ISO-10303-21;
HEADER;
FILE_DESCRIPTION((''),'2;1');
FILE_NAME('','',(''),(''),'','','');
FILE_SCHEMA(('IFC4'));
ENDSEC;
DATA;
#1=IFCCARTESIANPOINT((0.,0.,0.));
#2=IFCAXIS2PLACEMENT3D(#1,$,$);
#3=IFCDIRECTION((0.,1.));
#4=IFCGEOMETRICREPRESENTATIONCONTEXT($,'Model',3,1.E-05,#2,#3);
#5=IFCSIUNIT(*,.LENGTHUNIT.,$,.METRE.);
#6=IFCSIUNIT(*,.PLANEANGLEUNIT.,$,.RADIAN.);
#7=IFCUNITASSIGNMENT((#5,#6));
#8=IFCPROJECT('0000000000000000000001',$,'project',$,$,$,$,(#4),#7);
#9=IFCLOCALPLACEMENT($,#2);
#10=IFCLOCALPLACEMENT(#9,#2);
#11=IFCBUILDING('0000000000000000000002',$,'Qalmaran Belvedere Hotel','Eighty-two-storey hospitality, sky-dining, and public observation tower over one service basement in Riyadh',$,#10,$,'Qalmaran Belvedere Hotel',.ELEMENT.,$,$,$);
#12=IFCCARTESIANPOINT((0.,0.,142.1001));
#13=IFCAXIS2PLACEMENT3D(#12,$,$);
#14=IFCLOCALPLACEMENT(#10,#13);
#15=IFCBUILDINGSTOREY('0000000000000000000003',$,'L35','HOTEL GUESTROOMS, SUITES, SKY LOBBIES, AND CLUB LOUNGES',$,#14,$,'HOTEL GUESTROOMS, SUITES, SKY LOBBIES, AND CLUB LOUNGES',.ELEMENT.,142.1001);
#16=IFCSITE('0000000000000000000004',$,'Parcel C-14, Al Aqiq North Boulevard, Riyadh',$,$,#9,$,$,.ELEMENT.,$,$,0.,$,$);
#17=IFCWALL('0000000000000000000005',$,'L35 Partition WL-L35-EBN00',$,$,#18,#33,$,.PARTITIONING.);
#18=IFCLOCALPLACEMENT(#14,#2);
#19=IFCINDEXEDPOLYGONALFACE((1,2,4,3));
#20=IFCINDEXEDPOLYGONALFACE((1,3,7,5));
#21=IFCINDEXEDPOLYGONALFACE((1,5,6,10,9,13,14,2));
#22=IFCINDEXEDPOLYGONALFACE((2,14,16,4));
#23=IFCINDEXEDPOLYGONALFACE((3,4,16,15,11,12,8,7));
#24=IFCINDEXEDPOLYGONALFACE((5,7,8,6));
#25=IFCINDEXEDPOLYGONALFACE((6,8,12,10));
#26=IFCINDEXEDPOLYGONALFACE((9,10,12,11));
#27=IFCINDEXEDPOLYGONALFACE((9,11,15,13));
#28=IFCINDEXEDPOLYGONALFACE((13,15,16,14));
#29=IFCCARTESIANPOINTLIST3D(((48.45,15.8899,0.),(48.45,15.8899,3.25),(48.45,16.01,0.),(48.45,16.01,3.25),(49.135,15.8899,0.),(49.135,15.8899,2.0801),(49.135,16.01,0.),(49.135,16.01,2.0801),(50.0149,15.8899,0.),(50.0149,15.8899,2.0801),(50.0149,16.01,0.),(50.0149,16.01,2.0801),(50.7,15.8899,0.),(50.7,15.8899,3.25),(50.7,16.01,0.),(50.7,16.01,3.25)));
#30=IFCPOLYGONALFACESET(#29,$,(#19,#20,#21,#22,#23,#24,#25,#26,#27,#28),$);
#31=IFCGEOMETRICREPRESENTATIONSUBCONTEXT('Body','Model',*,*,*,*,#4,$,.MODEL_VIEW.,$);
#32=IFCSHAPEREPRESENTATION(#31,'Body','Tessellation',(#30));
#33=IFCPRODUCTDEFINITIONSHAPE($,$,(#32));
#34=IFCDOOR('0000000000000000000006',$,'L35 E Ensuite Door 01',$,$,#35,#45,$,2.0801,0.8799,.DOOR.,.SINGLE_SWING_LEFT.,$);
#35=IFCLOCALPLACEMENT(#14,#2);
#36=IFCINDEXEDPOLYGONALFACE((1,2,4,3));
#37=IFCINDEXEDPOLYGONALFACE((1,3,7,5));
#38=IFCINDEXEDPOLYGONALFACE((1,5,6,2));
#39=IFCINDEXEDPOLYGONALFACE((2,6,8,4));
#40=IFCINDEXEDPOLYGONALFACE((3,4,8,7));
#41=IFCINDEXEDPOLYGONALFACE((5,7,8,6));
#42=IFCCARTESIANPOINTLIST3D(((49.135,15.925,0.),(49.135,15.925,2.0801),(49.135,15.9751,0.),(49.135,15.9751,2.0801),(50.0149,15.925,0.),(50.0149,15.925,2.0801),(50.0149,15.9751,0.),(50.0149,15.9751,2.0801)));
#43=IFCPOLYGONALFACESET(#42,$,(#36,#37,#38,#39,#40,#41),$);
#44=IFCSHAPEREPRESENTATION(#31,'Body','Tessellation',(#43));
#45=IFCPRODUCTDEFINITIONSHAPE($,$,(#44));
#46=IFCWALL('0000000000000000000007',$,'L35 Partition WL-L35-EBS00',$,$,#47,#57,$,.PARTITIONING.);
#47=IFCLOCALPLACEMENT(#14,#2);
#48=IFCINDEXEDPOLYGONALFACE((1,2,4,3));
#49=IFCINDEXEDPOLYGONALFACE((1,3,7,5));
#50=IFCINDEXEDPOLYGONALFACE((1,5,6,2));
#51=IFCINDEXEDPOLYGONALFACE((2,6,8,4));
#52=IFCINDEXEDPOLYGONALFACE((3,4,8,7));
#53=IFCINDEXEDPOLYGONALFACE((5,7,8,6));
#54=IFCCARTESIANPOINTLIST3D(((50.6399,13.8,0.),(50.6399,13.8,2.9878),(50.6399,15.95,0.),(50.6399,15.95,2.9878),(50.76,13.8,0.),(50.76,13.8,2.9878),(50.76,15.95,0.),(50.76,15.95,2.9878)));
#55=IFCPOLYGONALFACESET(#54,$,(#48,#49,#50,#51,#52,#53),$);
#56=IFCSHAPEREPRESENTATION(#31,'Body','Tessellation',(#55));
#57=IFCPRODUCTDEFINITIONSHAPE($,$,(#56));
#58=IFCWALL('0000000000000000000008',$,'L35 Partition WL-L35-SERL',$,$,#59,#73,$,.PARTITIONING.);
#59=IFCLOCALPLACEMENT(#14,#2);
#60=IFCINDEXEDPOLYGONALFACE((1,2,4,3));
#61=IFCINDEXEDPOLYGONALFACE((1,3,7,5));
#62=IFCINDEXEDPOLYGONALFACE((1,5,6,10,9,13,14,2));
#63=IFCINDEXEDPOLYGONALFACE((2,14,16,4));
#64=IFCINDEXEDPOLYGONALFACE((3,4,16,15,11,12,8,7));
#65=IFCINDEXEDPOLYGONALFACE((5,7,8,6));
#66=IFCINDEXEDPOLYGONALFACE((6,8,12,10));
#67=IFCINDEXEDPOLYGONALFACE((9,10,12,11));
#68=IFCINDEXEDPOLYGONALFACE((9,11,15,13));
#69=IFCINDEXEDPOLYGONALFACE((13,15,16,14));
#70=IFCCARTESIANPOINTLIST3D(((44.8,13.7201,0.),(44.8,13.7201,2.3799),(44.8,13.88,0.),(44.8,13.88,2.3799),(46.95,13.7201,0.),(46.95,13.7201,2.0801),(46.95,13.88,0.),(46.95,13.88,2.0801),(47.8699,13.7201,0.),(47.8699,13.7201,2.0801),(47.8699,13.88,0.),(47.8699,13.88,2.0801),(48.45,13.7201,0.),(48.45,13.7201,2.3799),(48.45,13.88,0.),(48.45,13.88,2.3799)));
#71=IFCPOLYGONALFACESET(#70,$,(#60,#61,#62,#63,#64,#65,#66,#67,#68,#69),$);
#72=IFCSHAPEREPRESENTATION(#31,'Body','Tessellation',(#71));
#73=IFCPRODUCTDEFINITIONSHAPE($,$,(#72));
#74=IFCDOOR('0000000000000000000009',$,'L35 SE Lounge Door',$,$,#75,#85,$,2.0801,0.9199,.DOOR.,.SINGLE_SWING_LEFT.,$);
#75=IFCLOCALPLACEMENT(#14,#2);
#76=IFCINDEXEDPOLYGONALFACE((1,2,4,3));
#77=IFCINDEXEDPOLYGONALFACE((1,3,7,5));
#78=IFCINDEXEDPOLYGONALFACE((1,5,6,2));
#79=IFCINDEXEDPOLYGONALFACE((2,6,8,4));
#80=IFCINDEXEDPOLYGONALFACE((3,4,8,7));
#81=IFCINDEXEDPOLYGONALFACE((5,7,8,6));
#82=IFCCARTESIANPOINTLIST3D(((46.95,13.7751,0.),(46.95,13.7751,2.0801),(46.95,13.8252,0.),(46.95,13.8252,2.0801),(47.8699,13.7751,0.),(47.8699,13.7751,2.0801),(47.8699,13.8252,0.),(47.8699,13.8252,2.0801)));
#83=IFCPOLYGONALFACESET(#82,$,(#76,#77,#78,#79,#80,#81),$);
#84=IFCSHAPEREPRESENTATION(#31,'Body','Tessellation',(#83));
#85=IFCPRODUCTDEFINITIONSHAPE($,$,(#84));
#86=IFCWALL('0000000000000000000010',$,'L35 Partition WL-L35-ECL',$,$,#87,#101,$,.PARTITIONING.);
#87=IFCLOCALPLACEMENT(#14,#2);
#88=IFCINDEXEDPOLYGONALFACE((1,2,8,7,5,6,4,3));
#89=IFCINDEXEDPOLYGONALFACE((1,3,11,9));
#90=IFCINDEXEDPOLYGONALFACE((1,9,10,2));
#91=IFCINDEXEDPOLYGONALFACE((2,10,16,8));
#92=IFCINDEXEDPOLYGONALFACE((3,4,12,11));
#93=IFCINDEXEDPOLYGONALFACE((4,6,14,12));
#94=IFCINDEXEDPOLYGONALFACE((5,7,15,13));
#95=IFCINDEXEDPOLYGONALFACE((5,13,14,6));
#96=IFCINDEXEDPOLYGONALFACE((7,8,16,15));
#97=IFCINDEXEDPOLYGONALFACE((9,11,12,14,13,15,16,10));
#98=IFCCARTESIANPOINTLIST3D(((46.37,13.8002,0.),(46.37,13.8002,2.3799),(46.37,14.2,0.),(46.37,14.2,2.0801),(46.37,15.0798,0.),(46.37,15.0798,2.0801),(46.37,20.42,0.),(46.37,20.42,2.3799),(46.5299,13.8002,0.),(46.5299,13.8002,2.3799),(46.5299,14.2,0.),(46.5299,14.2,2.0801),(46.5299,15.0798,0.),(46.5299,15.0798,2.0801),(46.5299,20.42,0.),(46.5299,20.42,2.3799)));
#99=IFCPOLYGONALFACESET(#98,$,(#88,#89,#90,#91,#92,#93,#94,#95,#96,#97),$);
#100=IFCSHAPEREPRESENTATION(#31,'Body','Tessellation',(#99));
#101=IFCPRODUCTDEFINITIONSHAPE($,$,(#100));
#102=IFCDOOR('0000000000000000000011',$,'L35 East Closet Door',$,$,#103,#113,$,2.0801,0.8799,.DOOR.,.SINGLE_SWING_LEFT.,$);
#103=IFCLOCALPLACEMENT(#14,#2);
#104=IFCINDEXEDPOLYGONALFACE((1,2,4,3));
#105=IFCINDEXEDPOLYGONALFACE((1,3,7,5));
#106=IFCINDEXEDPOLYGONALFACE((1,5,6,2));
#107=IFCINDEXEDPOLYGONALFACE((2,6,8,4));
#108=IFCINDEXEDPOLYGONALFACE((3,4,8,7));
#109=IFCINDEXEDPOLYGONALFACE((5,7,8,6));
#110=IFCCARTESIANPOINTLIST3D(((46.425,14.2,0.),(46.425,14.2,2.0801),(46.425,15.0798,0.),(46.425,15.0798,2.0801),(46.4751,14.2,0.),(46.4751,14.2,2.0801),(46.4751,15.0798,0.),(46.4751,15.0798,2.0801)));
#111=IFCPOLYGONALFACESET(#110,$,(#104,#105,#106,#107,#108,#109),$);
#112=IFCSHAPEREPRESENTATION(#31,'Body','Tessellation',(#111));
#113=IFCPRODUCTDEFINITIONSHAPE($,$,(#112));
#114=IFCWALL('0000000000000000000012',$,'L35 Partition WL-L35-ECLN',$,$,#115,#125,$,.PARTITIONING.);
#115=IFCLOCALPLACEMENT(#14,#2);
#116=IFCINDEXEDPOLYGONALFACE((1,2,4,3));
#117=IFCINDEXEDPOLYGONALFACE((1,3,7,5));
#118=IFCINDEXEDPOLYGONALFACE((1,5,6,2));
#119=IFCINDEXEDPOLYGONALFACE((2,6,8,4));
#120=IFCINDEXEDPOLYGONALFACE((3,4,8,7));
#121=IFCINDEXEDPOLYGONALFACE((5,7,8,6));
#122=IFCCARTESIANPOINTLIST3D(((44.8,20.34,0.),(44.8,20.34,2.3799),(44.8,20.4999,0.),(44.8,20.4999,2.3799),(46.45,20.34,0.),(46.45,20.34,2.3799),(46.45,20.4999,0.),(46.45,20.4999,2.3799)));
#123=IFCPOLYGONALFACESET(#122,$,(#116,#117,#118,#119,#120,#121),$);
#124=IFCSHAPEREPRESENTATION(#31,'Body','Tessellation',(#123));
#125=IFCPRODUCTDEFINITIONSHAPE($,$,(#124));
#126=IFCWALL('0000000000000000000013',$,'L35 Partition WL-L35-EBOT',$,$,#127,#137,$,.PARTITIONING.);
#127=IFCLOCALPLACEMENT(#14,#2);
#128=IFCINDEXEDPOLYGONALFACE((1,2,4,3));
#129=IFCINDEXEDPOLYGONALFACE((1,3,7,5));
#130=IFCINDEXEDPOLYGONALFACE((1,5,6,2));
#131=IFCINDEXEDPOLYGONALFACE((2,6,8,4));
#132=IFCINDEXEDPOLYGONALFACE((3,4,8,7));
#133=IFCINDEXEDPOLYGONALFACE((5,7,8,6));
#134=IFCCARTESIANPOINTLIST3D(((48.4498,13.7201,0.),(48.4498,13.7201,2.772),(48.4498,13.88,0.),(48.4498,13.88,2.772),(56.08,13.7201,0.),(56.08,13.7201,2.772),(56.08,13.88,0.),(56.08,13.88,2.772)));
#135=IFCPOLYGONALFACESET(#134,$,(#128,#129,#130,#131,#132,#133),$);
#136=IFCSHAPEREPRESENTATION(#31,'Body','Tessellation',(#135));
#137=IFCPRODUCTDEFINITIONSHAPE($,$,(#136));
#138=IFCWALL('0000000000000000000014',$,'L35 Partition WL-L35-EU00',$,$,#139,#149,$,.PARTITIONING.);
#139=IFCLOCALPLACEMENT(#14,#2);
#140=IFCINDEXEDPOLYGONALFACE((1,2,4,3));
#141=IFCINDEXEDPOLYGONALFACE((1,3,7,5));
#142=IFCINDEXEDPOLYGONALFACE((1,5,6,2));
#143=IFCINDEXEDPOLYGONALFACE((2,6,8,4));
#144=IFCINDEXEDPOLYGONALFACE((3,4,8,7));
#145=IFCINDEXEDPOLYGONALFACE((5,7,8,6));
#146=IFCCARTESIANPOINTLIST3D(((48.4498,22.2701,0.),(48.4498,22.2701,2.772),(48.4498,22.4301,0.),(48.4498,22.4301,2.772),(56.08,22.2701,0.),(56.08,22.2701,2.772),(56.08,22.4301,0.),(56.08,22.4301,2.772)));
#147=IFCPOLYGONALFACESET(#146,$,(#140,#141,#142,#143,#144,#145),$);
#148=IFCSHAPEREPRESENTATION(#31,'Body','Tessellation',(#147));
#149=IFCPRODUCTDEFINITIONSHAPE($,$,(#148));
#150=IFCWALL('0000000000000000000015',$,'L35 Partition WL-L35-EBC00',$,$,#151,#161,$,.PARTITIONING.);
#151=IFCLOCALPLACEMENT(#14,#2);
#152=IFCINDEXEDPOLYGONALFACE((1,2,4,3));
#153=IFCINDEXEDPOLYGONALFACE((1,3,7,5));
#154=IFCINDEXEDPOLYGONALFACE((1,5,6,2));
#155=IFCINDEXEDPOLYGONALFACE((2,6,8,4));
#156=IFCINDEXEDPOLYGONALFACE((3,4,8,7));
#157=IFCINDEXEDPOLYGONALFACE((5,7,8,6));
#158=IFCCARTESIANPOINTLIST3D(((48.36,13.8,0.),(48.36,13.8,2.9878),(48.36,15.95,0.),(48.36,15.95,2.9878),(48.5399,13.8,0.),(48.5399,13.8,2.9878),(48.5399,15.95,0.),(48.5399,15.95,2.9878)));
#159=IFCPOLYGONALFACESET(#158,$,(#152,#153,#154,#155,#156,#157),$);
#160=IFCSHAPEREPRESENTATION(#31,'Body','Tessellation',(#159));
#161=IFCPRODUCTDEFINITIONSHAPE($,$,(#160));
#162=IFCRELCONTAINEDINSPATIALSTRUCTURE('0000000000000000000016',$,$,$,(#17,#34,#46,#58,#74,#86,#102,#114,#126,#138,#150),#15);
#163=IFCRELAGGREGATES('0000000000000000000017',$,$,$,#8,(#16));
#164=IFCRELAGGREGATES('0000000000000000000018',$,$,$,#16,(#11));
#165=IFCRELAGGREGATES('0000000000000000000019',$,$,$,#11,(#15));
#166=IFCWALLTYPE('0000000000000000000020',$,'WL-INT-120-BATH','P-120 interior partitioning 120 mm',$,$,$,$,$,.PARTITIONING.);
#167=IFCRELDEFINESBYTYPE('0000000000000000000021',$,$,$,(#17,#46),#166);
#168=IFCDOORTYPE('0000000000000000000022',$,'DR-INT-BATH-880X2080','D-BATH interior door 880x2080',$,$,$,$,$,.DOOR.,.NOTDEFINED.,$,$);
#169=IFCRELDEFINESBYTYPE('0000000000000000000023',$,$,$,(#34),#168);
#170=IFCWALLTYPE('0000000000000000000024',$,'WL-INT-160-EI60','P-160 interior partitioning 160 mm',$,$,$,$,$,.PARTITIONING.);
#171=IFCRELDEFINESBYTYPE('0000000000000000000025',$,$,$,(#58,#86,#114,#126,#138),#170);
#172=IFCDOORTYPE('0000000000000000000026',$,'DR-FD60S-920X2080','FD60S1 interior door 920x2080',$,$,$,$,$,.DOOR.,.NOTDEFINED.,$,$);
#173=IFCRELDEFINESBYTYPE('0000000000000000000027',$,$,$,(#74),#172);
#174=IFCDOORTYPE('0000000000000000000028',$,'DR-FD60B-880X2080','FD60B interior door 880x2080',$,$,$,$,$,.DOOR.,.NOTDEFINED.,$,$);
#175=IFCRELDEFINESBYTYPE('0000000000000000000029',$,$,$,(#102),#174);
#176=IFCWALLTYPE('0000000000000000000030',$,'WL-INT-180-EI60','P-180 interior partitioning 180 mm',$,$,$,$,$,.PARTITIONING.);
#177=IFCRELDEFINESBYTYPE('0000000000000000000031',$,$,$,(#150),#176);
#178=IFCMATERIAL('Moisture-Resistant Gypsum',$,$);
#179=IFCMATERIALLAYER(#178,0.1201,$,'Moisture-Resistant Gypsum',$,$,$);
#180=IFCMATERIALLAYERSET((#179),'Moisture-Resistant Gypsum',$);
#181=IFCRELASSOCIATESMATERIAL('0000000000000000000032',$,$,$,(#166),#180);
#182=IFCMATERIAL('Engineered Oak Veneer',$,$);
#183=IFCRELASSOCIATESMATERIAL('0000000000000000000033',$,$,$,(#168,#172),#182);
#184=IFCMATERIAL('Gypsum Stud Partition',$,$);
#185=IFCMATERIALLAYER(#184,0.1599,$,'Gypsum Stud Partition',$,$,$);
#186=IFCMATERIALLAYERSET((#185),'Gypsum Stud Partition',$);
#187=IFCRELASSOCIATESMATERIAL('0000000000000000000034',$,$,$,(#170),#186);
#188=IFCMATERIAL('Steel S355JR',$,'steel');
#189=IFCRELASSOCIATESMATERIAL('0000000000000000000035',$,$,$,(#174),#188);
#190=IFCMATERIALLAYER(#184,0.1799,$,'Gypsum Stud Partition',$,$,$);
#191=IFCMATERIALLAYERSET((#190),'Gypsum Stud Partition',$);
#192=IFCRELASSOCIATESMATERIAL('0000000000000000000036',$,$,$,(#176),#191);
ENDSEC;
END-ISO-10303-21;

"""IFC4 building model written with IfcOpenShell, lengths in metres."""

from ifc_helpers import new_model, si_unit, direction, frame, frame_2d, origin, place, context, subcontext, project, spatial, rectangle, extrude, material, layer, layer_set, type_object, element, fill, save


model = new_model("IFC4")

# Units and contexts
model_context = context("Model", 3, precision=1e-05, world=origin(), true_north=direction((0.0, 1.0)))
body_context = subcontext(model_context, "Body", "Model", "MODEL_VIEW")
ifc_project = project(units=[si_unit("LENGTHUNIT", "METRE"), si_unit("PLANEANGLEUNIT", "RADIAN")], contexts=[model_context])

# Site, building, storey
site_placement = place(None, origin())
site = spatial("IfcSite", under=ifc_project, at=site_placement, Name="Parcel C-14, Al Aqiq North Boulevard, Riyadh", CompositionType="ELEMENT", RefElevation=0.0)
building_placement = place(site_placement, origin())
building = spatial("IfcBuilding", under=site, at=building_placement, Name="Qalmaran Belvedere Hotel", Description="Eighty-two-storey hospitality, sky-dining, and public observation tower over one service basement in Riyadh", LongName="Qalmaran Belvedere Hotel", CompositionType="ELEMENT")
storey_placement = place(building_placement, frame((0.0, 0.0, 142.1001)))
storey = spatial("IfcBuildingStorey", under=building, at=storey_placement, Name="L35", Description="HOTEL GUESTROOMS, SUITES, SKY LOBBIES, AND CLUB LOUNGES", LongName="HOTEL GUESTROOMS, SUITES, SKY LOBBIES, AND CLUB LOUNGES", CompositionType="ELEMENT", Elevation=142.1001)

# Shared definitions
ifc_material_1 = material(Name="Steel S355JR", Category="steel")

# Wall, opening, door
ifc_material_2 = material(Name="Moisture-Resistant Gypsum")
ifc_layer_1 = layer(ifc_material_2, 0.1201, Name="Moisture-Resistant Gypsum")
ifc_layer_set_1 = layer_set([ifc_layer_1], Name="Moisture-Resistant Gypsum")
wall_type_1 = type_object("IfcWallType", Name="WL-INT-120-BATH", Description="P-120 interior partitioning 120 mm", PredefinedType="PARTITIONING", material=ifc_layer_set_1)
wall_1_placement = place(storey_placement, frame((48.45, 15.95, 0.0), z_axis=(0.0, 0.0, 1.0), x_axis=(1.0, 0.0, 0.0)))
wall_1 = element("IfcWall", 1, at=wall_1_placement, inside=storey, type_object=wall_type_1, Name="L35 Partition WL-L35-EBN00", PredefinedType="PARTITIONING", context=body_context, shape_type="SweptSolid", body=[
    extrude(rectangle(XDim=2.25, YDim=0.1201, at=frame_2d((1.125, 0.0))), origin(), (0.0, 0.0, 1.0), 3.25),
])
opening_1_placement = place(wall_1_placement, frame((1.5649, 0.0, 0.0), z_axis=(0.0, 0.0, 1.0), x_axis=(-1.0, 0.0, 0.0)))
opening_1 = element("IfcOpeningElement", 2, at=opening_1_placement, cuts=wall_1, PredefinedType="OPENING", context=body_context, shape_type="SweptSolid", body=[
    extrude(rectangle(XDim=0.8799, YDim=2.0801, at=frame_2d((0.4399, 1.04))), frame((0.0, 0.0701, 0.0), z_axis=(0.0, -1.0, 0.0), x_axis=(1.0, 0.0, 0.0)), (0.0, 0.0, 1.0), 0.1401),
])
ifc_material_3 = material(Name="Engineered Oak Veneer")
door_type_1 = type_object("IfcDoorType", Name="DR-INT-BATH-880X2080", Description="D-BATH interior door 880x2080", OperationType="NOTDEFINED", PredefinedType="DOOR", material=ifc_material_3)
door_1_placement = place(opening_1_placement, origin())
door_1 = element("IfcDoor", 3, at=door_1_placement, inside=storey, type_object=door_type_1, Name="L35 E Ensuite Door 01", OperationType="SINGLE_SWING_LEFT", OverallHeight=2.0801, OverallWidth=0.8799, PredefinedType="DOOR", context=body_context, shape_type="SweptSolid", body=[
    extrude(rectangle(XDim=0.8799, YDim=2.0801, at=frame_2d((0.4399, 1.04))), frame((0.0, 0.0249, 0.0), z_axis=(0.0, -1.0, 0.0), x_axis=(1.0, 0.0, 0.0)), (0.0, 0.0, 1.0), 0.05),
])
fill(opening_1, door_1)

# Wall
wall_2_placement = place(storey_placement, frame((50.7, 13.8, 0.0), z_axis=(0.0, 0.0, 1.0), x_axis=(0.0, 1.0, 0.0)))
element("IfcWall", 4, at=wall_2_placement, inside=storey, type_object=wall_type_1, Name="L35 Partition WL-L35-EBS00", PredefinedType="PARTITIONING", context=body_context, shape_type="SweptSolid", body=[
    extrude(rectangle(XDim=2.1499, YDim=0.1201, at=frame_2d((1.075, 0.0))), origin(), (0.0, 0.0, 1.0), 2.9878),
])

# Walls, openings, doors
ifc_material_4 = material(Name="Gypsum Stud Partition")
ifc_layer_2 = layer(ifc_material_4, 0.1599, Name="Gypsum Stud Partition")
ifc_layer_set_2 = layer_set([ifc_layer_2], Name="Gypsum Stud Partition")
wall_type_2 = type_object("IfcWallType", Name="WL-INT-160-EI60", Description="P-160 interior partitioning 160 mm", PredefinedType="PARTITIONING", material=ifc_layer_set_2)
wall_3_placement = place(storey_placement, frame((44.8, 13.8, 0.0), z_axis=(0.0, 0.0, 1.0), x_axis=(1.0, 0.0, 0.0)))
wall_3 = element("IfcWall", 5, at=wall_3_placement, inside=storey, type_object=wall_type_2, Name="L35 Partition WL-L35-SERL", PredefinedType="PARTITIONING", context=body_context, shape_type="SweptSolid", body=[
    extrude(rectangle(XDim=3.6499, YDim=0.1599, at=frame_2d((1.825, 0.0))), origin(), (0.0, 0.0, 1.0), 2.3799),
])
opening_2_placement = place(wall_3_placement, frame((3.0698, 0.0, 0.0), z_axis=(0.0, 0.0, 1.0), x_axis=(-1.0, 0.0, 0.0)))
opening_2 = element("IfcOpeningElement", 6, at=opening_2_placement, cuts=wall_3, PredefinedType="OPENING", context=body_context, shape_type="SweptSolid", body=[
    extrude(rectangle(XDim=0.9199, YDim=2.0801, at=frame_2d((0.46, 1.04))), frame((0.0, 0.0898, 0.0), z_axis=(0.0, -1.0, 0.0), x_axis=(1.0, 0.0, 0.0)), (0.0, 0.0, 1.0), 0.1799),
])
door_type_2 = type_object("IfcDoorType", Name="DR-FD60S-920X2080", Description="FD60S1 interior door 920x2080", OperationType="NOTDEFINED", PredefinedType="DOOR", material=ifc_material_3)
door_2_placement = place(opening_2_placement, origin())
door_2 = element("IfcDoor", 7, at=door_2_placement, inside=storey, type_object=door_type_2, Name="L35 SE Lounge Door", OperationType="SINGLE_SWING_LEFT", OverallHeight=2.0801, OverallWidth=0.9199, PredefinedType="DOOR", context=body_context, shape_type="SweptSolid", body=[
    extrude(rectangle(XDim=0.9199, YDim=2.0801, at=frame_2d((0.46, 1.04))), frame((0.0, 0.0249, 0.0), z_axis=(0.0, -1.0, 0.0), x_axis=(1.0, 0.0, 0.0)), (0.0, 0.0, 1.0), 0.05),
])
fill(opening_2, door_2)
wall_4_placement = place(storey_placement, frame((46.45, 13.8, 0.0), z_axis=(0.0, 0.0, 1.0), x_axis=(0.0, 1.0, 0.0)))
wall_4 = element("IfcWall", 8, at=wall_4_placement, inside=storey, type_object=wall_type_2, Name="L35 Partition WL-L35-ECL", PredefinedType="PARTITIONING", context=body_context, shape_type="SweptSolid", body=[
    extrude(rectangle(XDim=6.6199, YDim=0.1599, at=frame_2d((3.3101, 0.0))), origin(), (0.0, 0.0, 1.0), 2.3799),
])
opening_3_placement = place(wall_4_placement, frame((0.3999, 0.0, 0.0)))
opening_3 = element("IfcOpeningElement", 9, at=opening_3_placement, cuts=wall_4, PredefinedType="OPENING", context=body_context, shape_type="SweptSolid", body=[
    extrude(rectangle(XDim=0.8799, YDim=2.0801, at=frame_2d((0.4399, 1.04))), frame((0.0, 0.0898, 0.0), z_axis=(0.0, -1.0, 0.0), x_axis=(1.0, 0.0, 0.0)), (0.0, 0.0, 1.0), 0.1799),
])
door_type_3 = type_object("IfcDoorType", Name="DR-FD60B-880X2080", Description="FD60B interior door 880x2080", OperationType="NOTDEFINED", PredefinedType="DOOR", material=ifc_material_1)
door_3_placement = place(opening_3_placement, origin())
door_3 = element("IfcDoor", 10, at=door_3_placement, inside=storey, type_object=door_type_3, Name="L35 East Closet Door", OperationType="SINGLE_SWING_LEFT", OverallHeight=2.0801, OverallWidth=0.8799, PredefinedType="DOOR", context=body_context, shape_type="SweptSolid", body=[
    extrude(rectangle(XDim=0.8799, YDim=2.0801, at=frame_2d((0.4399, 1.04))), frame((0.0, 0.0249, 0.0), z_axis=(0.0, -1.0, 0.0), x_axis=(1.0, 0.0, 0.0)), (0.0, 0.0, 1.0), 0.05),
])
fill(opening_3, door_3)

# Walls
wall_5_placement = place(storey_placement, frame((44.8, 20.4199, 0.0), z_axis=(0.0, 0.0, 1.0), x_axis=(1.0, 0.0, 0.0)))
element("IfcWall", 11, at=wall_5_placement, inside=storey, type_object=wall_type_2, Name="L35 Partition WL-L35-ECLN", PredefinedType="PARTITIONING", context=body_context, shape_type="SweptSolid", body=[
    extrude(rectangle(XDim=1.6499, YDim=0.1599, at=frame_2d((0.825, 0.0))), origin(), (0.0, 0.0, 1.0), 2.3799),
])
for number, where, z_axis, x_axis, name in (
    (12, (48.45, 13.8, 0.0), (0.0, 0.0, 1.0), (1.0, 0.0, 0.0), "L35 Partition WL-L35-EBOT"),
    (13, (48.45, 22.3501, 0.0), (0.0, 0.0, 1.0), (1.0, 0.0, 0.0), "L35 Partition WL-L35-EU00"),
):
    element("IfcWall", number, at=place(storey_placement, frame(where, z_axis=z_axis, x_axis=x_axis)), inside=storey, type_object=wall_type_2, Name=name, PredefinedType="PARTITIONING", context=body_context, shape_type="SweptSolid", body=[
        extrude(rectangle(XDim=7.6301, YDim=0.1599, at=frame_2d((3.8149, 0.0))), origin(), (0.0, 0.0, 1.0), 2.772),
    ])
ifc_layer_3 = layer(ifc_material_4, 0.1799, Name="Gypsum Stud Partition")
ifc_layer_set_3 = layer_set([ifc_layer_3], Name="Gypsum Stud Partition")
wall_type_3 = type_object("IfcWallType", Name="WL-INT-180-EI60", Description="P-180 interior partitioning 180 mm", PredefinedType="PARTITIONING", material=ifc_layer_set_3)
wall_6_placement = place(storey_placement, frame((48.45, 13.8, 0.0), z_axis=(0.0, 0.0, 1.0), x_axis=(0.0, 1.0, 0.0)))
element("IfcWall", 14, at=wall_6_placement, inside=storey, type_object=wall_type_3, Name="L35 Partition WL-L35-EBC00", PredefinedType="PARTITIONING", context=body_context, shape_type="SweptSolid", body=[
    extrude(rectangle(XDim=2.1499, YDim=0.1799, at=frame_2d((1.075, 0.0))), origin(), (0.0, 0.0, 1.0), 2.9878),
])

save(model, "model.ifc")
